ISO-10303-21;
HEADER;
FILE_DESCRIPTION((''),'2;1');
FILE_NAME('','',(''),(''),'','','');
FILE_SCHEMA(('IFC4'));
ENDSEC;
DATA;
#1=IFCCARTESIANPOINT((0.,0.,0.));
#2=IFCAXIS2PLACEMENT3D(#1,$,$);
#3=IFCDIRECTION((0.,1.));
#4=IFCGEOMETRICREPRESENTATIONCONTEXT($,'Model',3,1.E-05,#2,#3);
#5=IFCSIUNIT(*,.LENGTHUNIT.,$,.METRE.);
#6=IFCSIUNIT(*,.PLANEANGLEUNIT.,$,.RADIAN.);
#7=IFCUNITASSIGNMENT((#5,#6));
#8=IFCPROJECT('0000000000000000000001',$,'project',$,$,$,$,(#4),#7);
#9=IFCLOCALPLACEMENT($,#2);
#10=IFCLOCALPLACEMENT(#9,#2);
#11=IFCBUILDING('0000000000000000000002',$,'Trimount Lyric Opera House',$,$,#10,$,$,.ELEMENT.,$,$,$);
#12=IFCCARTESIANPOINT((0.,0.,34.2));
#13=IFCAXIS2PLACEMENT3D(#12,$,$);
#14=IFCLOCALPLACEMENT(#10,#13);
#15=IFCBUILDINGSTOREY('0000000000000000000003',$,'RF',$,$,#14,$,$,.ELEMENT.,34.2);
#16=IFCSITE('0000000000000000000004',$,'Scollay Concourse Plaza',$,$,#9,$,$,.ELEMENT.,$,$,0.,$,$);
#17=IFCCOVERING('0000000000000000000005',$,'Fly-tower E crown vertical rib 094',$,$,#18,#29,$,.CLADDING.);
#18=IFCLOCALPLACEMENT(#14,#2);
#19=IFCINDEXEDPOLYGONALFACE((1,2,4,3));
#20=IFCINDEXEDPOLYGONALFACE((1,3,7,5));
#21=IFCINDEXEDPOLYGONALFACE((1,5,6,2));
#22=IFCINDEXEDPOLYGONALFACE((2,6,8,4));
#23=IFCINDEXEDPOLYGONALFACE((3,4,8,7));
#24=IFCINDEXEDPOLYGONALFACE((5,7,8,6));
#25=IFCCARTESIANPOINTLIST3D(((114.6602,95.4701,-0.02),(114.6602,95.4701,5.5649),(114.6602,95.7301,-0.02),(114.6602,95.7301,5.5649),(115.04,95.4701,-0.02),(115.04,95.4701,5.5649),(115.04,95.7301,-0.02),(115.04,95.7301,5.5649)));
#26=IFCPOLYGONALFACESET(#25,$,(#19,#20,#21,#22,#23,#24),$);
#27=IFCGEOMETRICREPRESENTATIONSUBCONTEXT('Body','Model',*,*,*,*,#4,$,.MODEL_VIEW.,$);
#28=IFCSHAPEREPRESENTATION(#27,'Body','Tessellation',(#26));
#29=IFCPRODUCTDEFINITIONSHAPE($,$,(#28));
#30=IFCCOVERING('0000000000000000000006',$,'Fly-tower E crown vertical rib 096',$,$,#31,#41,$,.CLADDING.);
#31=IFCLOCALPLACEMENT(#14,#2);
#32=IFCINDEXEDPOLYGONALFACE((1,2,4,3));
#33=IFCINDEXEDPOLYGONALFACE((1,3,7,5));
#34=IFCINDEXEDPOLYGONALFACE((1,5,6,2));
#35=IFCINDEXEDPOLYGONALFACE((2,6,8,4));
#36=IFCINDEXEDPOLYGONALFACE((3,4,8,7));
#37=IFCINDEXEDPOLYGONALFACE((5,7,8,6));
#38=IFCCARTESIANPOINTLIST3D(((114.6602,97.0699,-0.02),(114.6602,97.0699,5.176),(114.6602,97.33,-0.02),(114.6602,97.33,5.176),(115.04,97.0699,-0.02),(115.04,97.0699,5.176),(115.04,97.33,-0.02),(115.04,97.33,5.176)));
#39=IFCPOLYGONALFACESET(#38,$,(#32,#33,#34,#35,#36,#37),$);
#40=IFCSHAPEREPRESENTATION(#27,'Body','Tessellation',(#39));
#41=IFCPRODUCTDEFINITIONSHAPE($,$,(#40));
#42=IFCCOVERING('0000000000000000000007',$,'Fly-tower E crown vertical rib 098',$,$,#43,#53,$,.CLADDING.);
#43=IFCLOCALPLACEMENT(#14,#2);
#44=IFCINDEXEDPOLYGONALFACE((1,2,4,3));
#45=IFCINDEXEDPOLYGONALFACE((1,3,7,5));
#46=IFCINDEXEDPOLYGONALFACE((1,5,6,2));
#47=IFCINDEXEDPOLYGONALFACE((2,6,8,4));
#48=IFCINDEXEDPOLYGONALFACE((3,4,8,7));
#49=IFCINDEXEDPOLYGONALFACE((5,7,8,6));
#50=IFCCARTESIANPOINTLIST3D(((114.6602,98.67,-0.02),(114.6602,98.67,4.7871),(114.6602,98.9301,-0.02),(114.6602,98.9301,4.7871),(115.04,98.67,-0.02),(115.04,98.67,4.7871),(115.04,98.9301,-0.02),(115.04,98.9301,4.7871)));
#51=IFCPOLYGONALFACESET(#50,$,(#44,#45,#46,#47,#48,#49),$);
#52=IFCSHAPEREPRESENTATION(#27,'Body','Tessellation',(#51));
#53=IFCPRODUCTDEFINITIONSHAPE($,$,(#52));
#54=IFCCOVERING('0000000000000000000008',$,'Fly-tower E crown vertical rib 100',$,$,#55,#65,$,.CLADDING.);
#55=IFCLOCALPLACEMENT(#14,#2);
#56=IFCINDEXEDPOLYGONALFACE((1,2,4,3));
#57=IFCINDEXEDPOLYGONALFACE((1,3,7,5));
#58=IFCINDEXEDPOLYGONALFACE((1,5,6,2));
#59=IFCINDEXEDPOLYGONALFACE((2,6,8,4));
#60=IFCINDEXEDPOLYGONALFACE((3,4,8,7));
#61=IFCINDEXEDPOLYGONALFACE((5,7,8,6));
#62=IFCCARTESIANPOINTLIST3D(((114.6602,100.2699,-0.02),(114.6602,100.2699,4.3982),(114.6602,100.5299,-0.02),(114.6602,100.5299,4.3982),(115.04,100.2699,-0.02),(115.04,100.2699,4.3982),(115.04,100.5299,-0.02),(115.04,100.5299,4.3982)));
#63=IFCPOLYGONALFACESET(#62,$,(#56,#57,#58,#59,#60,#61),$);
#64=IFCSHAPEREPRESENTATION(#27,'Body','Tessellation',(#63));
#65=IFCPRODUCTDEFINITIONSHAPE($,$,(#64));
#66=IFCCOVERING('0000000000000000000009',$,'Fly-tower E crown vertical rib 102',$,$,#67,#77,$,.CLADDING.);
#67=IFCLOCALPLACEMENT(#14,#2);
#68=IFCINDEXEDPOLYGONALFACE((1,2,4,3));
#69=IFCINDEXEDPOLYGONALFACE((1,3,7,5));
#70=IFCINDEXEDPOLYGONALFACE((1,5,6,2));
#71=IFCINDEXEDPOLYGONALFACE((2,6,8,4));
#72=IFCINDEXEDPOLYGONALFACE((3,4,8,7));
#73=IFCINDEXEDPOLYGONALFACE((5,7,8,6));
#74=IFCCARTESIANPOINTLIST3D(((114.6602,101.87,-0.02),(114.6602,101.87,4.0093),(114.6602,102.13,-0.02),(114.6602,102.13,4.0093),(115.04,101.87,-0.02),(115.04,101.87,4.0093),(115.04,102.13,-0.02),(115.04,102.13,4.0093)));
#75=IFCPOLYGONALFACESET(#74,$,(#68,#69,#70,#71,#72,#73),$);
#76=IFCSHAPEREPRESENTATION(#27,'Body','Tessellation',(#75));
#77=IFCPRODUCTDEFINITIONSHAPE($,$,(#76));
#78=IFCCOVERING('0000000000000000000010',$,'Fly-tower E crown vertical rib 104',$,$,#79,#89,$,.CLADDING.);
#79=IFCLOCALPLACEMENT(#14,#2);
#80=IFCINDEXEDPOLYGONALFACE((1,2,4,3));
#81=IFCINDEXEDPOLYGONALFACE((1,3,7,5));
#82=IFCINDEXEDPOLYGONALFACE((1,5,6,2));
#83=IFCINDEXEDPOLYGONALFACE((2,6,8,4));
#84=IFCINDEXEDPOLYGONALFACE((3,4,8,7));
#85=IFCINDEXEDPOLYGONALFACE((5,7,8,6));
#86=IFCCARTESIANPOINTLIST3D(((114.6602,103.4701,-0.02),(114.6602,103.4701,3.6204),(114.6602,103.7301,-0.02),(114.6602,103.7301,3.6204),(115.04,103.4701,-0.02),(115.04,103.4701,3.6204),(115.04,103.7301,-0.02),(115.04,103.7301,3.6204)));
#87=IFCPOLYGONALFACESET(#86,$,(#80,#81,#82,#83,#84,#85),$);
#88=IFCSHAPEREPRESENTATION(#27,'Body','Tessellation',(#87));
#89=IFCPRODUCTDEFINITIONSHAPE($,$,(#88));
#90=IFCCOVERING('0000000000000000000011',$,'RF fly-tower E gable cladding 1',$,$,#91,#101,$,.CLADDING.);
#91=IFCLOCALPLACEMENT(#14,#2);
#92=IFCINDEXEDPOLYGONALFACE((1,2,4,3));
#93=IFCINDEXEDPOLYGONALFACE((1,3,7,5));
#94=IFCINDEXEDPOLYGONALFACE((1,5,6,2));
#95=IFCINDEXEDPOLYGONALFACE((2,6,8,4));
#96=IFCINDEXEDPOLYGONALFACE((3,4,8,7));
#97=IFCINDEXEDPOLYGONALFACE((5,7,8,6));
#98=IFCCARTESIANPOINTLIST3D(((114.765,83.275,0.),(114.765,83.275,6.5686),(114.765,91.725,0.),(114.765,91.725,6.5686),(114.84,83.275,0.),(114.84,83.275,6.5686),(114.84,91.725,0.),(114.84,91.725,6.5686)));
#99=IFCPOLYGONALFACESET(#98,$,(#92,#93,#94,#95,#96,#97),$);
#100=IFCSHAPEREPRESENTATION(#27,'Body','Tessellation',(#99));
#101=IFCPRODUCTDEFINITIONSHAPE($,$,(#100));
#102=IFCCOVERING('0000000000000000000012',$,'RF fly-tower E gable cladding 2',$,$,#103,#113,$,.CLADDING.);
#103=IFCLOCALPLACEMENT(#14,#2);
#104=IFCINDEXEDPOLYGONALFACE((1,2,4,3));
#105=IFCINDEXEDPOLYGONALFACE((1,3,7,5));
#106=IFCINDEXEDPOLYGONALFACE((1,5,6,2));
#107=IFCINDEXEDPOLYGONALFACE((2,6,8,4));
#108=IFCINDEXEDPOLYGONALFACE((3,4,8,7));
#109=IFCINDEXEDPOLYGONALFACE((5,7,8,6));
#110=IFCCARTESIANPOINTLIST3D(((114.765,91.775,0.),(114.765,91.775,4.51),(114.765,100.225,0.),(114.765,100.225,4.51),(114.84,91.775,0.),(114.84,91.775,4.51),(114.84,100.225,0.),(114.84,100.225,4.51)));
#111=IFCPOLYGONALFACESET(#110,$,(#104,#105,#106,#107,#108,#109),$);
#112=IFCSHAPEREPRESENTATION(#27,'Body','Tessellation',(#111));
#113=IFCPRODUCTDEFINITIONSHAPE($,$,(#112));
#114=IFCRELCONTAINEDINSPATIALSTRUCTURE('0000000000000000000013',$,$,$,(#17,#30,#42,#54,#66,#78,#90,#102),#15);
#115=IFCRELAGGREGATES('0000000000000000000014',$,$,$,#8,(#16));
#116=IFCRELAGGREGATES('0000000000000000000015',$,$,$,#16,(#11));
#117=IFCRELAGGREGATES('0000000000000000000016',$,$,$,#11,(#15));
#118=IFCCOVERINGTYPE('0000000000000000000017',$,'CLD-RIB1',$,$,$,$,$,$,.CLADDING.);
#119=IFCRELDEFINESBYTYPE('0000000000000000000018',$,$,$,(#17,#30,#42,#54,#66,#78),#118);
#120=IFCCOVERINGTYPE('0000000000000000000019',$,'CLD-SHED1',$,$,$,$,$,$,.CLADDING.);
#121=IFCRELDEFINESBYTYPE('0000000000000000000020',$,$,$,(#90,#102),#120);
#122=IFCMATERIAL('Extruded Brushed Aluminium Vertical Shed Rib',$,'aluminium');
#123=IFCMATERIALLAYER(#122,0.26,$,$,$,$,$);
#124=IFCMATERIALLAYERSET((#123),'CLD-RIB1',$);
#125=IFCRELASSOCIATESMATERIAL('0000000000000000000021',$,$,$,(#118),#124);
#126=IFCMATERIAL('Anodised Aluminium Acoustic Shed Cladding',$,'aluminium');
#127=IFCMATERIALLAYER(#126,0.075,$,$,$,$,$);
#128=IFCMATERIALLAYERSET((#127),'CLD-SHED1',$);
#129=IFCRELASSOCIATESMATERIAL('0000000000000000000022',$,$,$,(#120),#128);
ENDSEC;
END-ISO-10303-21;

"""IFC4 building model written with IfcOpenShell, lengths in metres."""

from ifc_helpers import new_model, si_unit, direction, frame, origin, origin_2d, place, context, subcontext, project, spatial, rectangle, extrude, material, layer, layer_set, type_object, element, save


model = new_model("IFC4")

# Units and contexts
model_context = context("Model", 3, precision=1e-05, world=origin(), true_north=direction((0.0, 1.0)))
body_context = subcontext(model_context, "Body", "Model", "MODEL_VIEW")
ifc_project = project(units=[si_unit("LENGTHUNIT", "METRE"), si_unit("PLANEANGLEUNIT", "RADIAN")], contexts=[model_context])

# Site, building, storey
site_placement = place(None, origin())
site = spatial("IfcSite", under=ifc_project, at=site_placement, Name="Scollay Concourse Plaza", CompositionType="ELEMENT", RefElevation=0.0)
building_placement = place(site_placement, origin())
building = spatial("IfcBuilding", under=site, at=building_placement, Name="Trimount Lyric Opera House", CompositionType="ELEMENT")
storey_placement = place(building_placement, frame((0.0, 0.0, 34.2)))
storey = spatial("IfcBuildingStorey", under=building, at=storey_placement, Name="RF", CompositionType="ELEMENT", Elevation=34.2)

# Coverings
ifc_material_1 = material(Name="Extruded Brushed Aluminium Vertical Shed Rib", Category="aluminium")
ifc_layer_1 = layer(ifc_material_1, 0.26)
ifc_layer_set_1 = layer_set([ifc_layer_1], Name="CLD-RIB1")
covering_type_1 = type_object("IfcCoveringType", Name="CLD-RIB1", PredefinedType="CLADDING", material=ifc_layer_set_1)
covering_1_placement = place(storey_placement, frame((114.8501, 95.6001, -0.02), z_axis=(0.0, 0.0, 1.0), x_axis=(1.0, 0.0, 0.0)))
element("IfcCovering", 1, at=covering_1_placement, inside=storey, type_object=covering_type_1, Name="Fly-tower E crown vertical rib 094", PredefinedType="CLADDING", context=body_context, shape_type="SweptSolid", body=[
    extrude(rectangle(XDim=0.3799, YDim=0.26, at=origin_2d()), origin(), (0.0, 0.0, 1.0), 5.585),
])
covering_2_placement = place(storey_placement, frame((114.8501, 97.2, -0.02), z_axis=(0.0, 0.0, 1.0), x_axis=(1.0, 0.0, 0.0)))
element("IfcCovering", 2, at=covering_2_placement, inside=storey, type_object=covering_type_1, Name="Fly-tower E crown vertical rib 096", PredefinedType="CLADDING", context=body_context, shape_type="SweptSolid", body=[
    extrude(rectangle(XDim=0.3799, YDim=0.26, at=origin_2d()), origin(), (0.0, 0.0, 1.0), 5.196),
])
covering_3_placement = place(storey_placement, frame((114.8501, 98.8, -0.02), z_axis=(0.0, 0.0, 1.0), x_axis=(1.0, 0.0, 0.0)))
element("IfcCovering", 3, at=covering_3_placement, inside=storey, type_object=covering_type_1, Name="Fly-tower E crown vertical rib 098", PredefinedType="CLADDING", context=body_context, shape_type="SweptSolid", body=[
    extrude(rectangle(XDim=0.3799, YDim=0.26, at=origin_2d()), origin(), (0.0, 0.0, 1.0), 4.8071),
])
covering_4_placement = place(storey_placement, frame((114.8501, 100.3999, -0.02), z_axis=(0.0, 0.0, 1.0), x_axis=(1.0, 0.0, 0.0)))
element("IfcCovering", 4, at=covering_4_placement, inside=storey, type_object=covering_type_1, Name="Fly-tower E crown vertical rib 100", PredefinedType="CLADDING", context=body_context, shape_type="SweptSolid", body=[
    extrude(rectangle(XDim=0.3799, YDim=0.26, at=origin_2d()), origin(), (0.0, 0.0, 1.0), 4.4182),
])
covering_5_placement = place(storey_placement, frame((114.8501, 102.0, -0.02), z_axis=(0.0, 0.0, 1.0), x_axis=(1.0, 0.0, 0.0)))
element("IfcCovering", 5, at=covering_5_placement, inside=storey, type_object=covering_type_1, Name="Fly-tower E crown vertical rib 102", PredefinedType="CLADDING", context=body_context, shape_type="SweptSolid", body=[
    extrude(rectangle(XDim=0.3799, YDim=0.26, at=origin_2d()), origin(), (0.0, 0.0, 1.0), 4.0293),
])
covering_6_placement = place(storey_placement, frame((114.8501, 103.6001, -0.02), z_axis=(0.0, 0.0, 1.0), x_axis=(1.0, 0.0, 0.0)))
element("IfcCovering", 6, at=covering_6_placement, inside=storey, type_object=covering_type_1, Name="Fly-tower E crown vertical rib 104", PredefinedType="CLADDING", context=body_context, shape_type="SweptSolid", body=[
    extrude(rectangle(XDim=0.3799, YDim=0.26, at=origin_2d()), origin(), (0.0, 0.0, 1.0), 3.6404),
])
ifc_material_2 = material(Name="Anodised Aluminium Acoustic Shed Cladding", Category="aluminium")
ifc_layer_2 = layer(ifc_material_2, 0.075)
ifc_layer_set_2 = layer_set([ifc_layer_2], Name="CLD-SHED1")
covering_type_2 = type_object("IfcCoveringType", Name="CLD-SHED1", PredefinedType="CLADDING", material=ifc_layer_set_2)
covering_7_placement = place(storey_placement, frame((114.8025, 87.5, 0.0), z_axis=(0.0, 0.0, 1.0), x_axis=(1.0, 0.0, 0.0)))
element("IfcCovering", 7, at=covering_7_placement, inside=storey, type_object=covering_type_2, Name="RF fly-tower E gable cladding 1", PredefinedType="CLADDING", context=body_context, shape_type="SweptSolid", body=[
    extrude(rectangle(XDim=0.075, YDim=8.45, at=origin_2d()), origin(), (0.0, 0.0, 1.0), 6.5686),
])
covering_8_placement = place(storey_placement, frame((114.8025, 96.0, 0.0), z_axis=(0.0, 0.0, 1.0), x_axis=(1.0, 0.0, 0.0)))
element("IfcCovering", 8, at=covering_8_placement, inside=storey, type_object=covering_type_2, Name="RF fly-tower E gable cladding 2", PredefinedType="CLADDING", context=body_context, shape_type="SweptSolid", body=[
    extrude(rectangle(XDim=0.075, YDim=8.45, at=origin_2d()), origin(), (0.0, 0.0, 1.0), 4.51),
])

save(model, "model.ifc")
